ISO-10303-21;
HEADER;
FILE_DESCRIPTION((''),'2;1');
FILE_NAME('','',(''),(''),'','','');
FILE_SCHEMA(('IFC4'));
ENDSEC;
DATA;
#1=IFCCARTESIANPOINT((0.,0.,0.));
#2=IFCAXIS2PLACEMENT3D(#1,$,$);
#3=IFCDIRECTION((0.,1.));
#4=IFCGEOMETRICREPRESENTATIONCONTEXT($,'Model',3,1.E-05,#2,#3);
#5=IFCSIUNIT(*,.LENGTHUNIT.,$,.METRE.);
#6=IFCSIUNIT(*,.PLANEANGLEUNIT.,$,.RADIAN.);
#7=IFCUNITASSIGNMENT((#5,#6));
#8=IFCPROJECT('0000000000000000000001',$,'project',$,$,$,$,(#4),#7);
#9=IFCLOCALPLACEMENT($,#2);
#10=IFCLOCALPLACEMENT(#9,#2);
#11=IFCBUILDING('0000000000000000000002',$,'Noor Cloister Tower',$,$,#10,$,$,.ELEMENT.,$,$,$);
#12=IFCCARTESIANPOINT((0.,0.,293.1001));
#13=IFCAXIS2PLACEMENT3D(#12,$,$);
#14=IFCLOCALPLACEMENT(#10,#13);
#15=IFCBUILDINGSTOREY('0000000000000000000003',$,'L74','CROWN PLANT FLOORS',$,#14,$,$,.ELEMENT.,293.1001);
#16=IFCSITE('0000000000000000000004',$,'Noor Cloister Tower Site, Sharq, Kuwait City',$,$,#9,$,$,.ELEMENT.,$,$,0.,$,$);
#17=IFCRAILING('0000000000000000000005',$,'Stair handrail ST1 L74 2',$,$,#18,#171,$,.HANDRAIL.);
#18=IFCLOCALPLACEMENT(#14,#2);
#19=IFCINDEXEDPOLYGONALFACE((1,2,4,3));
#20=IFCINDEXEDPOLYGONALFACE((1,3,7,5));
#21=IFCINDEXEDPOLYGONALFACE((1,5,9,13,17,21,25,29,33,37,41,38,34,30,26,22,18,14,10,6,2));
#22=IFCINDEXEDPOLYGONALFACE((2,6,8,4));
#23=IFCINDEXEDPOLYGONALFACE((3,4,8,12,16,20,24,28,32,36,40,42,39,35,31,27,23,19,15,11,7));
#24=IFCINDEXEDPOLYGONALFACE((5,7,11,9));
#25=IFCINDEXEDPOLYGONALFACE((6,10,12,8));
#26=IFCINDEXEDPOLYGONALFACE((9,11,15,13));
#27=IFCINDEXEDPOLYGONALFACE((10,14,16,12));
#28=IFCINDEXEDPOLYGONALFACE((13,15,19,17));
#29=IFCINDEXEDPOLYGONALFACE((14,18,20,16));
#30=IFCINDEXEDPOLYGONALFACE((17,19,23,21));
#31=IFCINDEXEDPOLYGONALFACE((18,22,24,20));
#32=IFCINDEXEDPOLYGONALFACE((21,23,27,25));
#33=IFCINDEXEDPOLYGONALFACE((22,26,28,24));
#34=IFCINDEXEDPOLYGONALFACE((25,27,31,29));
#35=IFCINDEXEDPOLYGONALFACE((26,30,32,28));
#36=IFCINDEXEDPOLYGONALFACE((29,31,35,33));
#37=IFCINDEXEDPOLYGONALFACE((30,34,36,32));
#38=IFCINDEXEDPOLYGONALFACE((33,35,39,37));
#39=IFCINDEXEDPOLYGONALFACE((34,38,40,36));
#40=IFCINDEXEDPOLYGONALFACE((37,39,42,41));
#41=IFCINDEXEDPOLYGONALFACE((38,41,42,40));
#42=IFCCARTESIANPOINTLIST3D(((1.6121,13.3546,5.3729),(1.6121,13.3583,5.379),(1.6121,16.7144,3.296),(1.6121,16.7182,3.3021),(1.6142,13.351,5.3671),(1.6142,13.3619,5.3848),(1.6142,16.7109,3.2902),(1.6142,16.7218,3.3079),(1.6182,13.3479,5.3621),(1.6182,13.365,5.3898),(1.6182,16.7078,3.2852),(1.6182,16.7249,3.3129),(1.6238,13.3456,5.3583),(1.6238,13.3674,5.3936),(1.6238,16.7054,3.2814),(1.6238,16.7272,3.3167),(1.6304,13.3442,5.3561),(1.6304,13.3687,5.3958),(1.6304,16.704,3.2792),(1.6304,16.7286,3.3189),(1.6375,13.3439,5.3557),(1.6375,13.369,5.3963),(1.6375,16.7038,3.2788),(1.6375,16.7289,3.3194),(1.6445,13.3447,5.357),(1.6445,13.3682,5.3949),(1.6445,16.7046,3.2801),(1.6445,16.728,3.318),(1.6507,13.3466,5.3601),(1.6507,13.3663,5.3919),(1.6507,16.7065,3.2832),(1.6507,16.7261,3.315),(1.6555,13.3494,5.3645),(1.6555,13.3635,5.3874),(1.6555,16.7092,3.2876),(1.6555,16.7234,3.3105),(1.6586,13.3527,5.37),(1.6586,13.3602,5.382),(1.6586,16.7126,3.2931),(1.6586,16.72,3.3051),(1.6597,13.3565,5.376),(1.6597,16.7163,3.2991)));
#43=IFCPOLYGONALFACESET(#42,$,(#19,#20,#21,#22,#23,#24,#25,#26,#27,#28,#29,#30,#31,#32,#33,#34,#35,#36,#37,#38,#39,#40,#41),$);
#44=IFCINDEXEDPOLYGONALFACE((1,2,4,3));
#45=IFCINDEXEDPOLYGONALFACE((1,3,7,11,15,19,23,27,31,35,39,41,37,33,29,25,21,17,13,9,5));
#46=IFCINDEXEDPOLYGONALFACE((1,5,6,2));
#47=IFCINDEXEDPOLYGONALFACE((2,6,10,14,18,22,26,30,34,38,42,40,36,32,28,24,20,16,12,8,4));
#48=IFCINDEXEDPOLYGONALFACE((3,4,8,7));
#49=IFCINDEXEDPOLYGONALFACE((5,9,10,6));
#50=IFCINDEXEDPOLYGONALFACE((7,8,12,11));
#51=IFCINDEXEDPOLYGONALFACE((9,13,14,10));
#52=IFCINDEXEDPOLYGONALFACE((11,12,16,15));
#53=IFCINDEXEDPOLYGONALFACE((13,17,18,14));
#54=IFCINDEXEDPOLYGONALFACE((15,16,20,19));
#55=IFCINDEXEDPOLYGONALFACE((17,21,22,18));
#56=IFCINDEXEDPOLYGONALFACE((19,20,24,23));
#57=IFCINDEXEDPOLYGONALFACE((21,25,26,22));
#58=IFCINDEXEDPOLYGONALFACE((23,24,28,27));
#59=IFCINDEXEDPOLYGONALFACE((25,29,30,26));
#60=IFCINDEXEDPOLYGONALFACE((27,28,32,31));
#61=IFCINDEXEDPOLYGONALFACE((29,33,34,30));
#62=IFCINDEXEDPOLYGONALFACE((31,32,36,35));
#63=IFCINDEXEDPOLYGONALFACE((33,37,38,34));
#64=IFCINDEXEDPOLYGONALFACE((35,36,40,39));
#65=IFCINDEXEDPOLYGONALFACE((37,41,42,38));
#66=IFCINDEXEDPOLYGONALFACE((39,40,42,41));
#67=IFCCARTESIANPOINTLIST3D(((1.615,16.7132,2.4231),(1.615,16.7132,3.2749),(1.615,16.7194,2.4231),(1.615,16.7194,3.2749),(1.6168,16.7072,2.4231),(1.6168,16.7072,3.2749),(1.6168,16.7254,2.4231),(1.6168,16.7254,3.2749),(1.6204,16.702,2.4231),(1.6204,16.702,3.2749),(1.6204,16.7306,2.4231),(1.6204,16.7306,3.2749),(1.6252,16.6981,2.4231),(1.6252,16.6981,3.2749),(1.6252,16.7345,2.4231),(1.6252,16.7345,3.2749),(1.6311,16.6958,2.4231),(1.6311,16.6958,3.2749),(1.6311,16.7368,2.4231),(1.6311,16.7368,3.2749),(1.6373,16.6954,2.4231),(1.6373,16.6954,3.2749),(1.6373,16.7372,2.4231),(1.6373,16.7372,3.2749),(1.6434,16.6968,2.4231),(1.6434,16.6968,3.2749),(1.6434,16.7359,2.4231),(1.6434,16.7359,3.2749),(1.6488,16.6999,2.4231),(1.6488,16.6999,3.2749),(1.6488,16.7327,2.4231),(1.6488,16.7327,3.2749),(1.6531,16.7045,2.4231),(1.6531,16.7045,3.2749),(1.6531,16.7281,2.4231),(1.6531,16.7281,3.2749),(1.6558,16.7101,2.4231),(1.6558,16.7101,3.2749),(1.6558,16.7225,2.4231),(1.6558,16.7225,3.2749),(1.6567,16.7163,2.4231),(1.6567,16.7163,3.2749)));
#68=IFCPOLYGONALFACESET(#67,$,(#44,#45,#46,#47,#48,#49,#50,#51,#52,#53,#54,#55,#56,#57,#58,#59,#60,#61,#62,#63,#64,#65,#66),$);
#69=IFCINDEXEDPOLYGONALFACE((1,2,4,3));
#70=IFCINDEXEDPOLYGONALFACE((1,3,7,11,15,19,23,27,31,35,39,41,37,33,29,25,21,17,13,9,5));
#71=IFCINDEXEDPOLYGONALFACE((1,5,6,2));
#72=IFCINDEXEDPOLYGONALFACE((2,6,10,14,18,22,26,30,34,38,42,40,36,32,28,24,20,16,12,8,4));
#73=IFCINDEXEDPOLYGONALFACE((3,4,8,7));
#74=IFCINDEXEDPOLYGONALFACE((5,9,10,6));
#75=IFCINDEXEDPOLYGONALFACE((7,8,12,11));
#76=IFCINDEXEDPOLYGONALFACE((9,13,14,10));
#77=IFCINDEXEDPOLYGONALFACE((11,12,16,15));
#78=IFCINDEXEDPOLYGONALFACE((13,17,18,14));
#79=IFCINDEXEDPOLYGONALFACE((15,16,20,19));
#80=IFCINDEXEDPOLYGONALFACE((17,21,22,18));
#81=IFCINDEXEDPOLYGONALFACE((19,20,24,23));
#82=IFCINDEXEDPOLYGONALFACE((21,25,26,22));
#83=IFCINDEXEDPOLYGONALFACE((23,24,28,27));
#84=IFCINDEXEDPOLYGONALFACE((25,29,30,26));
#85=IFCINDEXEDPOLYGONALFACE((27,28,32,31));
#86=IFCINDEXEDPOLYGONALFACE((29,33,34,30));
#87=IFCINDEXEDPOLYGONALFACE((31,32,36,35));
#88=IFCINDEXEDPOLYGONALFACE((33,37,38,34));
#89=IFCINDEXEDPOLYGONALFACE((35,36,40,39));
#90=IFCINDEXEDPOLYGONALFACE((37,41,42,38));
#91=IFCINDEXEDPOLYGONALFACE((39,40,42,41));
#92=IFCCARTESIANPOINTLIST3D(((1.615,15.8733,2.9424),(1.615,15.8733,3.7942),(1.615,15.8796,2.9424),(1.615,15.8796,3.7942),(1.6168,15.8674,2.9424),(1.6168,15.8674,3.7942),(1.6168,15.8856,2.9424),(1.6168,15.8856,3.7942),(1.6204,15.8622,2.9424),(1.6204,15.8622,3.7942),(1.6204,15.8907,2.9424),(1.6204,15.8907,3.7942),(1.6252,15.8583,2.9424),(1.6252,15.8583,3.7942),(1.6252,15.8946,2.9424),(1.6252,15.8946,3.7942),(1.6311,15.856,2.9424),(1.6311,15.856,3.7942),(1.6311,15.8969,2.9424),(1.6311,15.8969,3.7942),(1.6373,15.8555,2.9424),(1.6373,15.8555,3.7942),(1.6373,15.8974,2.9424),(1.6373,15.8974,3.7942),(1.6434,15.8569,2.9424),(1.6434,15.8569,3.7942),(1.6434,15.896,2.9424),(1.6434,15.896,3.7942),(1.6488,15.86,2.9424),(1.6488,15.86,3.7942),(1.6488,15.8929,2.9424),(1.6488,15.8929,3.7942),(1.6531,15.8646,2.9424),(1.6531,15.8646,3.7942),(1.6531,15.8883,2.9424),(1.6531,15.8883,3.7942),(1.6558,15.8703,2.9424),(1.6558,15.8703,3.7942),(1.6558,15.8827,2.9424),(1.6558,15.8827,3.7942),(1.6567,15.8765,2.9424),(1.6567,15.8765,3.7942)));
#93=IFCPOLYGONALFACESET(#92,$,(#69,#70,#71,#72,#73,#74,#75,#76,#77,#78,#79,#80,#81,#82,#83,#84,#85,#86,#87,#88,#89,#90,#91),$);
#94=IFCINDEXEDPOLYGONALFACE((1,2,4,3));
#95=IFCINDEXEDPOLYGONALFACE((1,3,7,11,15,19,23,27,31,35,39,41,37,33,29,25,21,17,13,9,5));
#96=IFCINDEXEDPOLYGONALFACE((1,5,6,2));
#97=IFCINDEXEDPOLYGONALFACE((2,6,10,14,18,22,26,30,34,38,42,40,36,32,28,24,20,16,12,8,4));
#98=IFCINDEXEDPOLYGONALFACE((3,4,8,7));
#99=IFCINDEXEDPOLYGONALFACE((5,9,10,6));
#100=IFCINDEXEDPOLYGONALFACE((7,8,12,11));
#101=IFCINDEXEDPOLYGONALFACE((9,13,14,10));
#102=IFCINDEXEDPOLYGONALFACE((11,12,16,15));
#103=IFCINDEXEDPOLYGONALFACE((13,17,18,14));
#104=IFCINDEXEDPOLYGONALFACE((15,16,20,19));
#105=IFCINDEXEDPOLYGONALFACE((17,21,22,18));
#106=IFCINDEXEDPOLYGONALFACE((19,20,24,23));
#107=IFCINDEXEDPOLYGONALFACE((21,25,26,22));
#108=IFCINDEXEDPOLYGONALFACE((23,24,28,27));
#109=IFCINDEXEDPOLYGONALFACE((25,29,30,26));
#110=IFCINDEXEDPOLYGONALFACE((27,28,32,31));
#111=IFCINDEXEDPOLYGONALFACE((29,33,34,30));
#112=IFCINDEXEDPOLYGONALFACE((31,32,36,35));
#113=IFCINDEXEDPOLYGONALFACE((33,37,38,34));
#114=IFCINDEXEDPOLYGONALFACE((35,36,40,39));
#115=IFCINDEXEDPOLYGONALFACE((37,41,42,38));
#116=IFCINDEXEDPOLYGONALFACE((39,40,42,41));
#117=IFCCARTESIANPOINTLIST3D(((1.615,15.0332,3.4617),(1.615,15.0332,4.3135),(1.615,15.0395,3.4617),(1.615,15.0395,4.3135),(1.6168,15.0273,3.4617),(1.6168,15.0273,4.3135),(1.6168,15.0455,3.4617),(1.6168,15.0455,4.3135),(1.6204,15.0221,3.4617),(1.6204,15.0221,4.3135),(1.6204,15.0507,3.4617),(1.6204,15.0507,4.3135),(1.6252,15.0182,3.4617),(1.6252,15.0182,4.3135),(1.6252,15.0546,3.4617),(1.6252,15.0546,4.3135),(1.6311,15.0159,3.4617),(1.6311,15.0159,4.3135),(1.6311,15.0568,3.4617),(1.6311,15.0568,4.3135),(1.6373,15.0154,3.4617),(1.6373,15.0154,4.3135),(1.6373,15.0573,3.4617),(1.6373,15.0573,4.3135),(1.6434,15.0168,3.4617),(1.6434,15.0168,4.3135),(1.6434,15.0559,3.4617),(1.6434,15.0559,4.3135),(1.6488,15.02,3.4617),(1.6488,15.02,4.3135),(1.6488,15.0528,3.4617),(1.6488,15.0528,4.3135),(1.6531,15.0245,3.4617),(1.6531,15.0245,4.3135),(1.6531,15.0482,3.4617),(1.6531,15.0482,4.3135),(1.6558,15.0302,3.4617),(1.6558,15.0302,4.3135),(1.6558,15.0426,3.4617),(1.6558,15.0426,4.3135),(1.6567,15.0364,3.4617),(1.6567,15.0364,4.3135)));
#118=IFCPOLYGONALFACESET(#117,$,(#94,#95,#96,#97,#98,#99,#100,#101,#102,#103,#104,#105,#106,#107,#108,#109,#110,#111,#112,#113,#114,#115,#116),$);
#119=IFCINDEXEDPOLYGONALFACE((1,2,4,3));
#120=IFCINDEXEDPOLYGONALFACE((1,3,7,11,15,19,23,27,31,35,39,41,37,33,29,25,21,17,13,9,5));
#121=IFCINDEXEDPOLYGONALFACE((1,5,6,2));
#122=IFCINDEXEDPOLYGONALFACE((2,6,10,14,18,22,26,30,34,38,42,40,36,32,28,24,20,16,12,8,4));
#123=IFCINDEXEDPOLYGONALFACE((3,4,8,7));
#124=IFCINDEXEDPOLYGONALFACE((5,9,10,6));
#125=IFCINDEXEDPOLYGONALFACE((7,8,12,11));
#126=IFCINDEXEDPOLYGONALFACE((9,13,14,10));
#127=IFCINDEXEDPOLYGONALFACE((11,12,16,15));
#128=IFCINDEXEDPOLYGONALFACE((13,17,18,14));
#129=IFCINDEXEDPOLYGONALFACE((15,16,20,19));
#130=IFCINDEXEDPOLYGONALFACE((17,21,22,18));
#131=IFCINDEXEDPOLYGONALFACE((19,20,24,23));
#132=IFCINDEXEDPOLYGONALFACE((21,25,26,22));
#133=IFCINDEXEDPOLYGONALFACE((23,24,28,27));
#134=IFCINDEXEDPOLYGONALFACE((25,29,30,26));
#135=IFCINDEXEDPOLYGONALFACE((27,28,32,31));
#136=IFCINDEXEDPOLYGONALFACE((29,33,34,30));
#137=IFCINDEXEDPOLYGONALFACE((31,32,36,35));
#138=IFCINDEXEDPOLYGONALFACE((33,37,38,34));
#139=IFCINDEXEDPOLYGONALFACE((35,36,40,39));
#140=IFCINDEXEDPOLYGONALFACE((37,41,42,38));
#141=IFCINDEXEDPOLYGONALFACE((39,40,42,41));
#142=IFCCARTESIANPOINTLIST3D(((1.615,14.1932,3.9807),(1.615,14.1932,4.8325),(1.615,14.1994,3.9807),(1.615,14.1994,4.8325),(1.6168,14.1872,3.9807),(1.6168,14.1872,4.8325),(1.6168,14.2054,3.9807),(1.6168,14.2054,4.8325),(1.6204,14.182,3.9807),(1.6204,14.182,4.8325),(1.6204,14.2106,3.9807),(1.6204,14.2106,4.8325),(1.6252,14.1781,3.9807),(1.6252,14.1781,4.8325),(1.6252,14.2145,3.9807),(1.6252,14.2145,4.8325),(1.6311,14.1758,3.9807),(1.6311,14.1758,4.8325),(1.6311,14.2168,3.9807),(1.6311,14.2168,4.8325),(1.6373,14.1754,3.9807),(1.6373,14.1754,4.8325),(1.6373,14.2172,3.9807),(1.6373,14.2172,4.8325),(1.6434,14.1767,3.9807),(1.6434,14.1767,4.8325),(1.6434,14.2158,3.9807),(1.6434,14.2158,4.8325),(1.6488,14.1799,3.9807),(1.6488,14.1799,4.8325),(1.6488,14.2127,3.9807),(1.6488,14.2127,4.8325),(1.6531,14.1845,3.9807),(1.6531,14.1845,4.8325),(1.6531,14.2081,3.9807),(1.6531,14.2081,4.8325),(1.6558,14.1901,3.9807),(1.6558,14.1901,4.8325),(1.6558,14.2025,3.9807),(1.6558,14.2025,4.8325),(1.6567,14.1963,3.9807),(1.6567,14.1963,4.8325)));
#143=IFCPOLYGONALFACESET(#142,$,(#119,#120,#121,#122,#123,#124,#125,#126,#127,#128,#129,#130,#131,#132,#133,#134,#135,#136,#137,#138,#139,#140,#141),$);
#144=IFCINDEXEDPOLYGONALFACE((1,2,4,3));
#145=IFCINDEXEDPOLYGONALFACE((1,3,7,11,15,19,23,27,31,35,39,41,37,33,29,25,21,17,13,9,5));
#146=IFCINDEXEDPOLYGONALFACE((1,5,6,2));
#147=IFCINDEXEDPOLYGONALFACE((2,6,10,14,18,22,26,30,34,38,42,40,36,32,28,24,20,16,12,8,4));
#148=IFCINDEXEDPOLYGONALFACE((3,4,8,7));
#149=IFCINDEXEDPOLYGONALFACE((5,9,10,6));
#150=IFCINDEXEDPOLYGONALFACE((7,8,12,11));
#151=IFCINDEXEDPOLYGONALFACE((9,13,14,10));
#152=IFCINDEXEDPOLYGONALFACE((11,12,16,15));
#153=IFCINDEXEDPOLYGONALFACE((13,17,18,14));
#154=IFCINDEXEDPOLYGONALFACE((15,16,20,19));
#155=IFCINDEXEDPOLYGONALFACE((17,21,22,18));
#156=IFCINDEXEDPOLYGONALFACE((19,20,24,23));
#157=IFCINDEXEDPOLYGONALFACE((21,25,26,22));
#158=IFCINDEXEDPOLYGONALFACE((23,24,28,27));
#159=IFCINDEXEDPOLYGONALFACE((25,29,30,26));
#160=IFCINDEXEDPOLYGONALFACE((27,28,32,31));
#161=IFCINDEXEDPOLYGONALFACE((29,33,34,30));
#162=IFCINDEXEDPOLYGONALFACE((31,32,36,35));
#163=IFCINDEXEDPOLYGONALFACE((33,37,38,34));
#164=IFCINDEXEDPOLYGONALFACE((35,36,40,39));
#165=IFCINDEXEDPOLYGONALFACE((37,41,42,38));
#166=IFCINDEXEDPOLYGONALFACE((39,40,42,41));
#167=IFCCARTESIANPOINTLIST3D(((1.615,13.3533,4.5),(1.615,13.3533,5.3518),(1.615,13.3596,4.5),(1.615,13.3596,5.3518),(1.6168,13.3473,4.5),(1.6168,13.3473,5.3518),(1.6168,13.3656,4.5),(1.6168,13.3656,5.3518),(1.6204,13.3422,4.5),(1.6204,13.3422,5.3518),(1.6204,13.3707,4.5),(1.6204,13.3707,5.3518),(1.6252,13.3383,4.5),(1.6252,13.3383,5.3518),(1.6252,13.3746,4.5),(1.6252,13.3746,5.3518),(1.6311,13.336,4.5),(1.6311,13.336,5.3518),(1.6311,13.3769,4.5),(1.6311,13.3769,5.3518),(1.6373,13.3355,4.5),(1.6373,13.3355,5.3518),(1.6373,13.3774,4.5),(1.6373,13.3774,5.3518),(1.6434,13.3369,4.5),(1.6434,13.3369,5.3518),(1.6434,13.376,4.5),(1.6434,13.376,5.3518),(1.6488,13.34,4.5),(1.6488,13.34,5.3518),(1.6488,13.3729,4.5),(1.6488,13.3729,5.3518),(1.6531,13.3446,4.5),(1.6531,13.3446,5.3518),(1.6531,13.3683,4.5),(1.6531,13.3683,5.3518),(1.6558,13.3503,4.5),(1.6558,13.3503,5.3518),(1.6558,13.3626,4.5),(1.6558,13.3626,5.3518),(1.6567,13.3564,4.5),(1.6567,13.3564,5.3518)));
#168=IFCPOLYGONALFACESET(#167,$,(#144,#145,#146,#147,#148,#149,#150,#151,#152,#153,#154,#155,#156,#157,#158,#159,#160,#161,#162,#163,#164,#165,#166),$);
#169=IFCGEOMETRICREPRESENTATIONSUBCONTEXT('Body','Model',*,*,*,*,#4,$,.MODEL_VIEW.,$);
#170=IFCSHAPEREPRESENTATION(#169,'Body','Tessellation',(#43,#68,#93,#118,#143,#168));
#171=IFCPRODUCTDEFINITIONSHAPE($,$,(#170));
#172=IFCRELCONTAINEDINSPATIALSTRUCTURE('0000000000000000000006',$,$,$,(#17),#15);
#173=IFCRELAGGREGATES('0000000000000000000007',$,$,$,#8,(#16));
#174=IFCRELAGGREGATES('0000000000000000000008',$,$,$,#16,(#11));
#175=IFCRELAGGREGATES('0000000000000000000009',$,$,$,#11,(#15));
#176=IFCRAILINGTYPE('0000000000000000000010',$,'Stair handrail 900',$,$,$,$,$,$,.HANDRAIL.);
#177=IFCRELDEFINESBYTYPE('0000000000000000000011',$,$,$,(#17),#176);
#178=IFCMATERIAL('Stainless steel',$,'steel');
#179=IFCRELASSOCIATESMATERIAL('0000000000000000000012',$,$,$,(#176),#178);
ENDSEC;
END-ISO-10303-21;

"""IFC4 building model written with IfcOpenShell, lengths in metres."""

from ifc_helpers import new_model, si_unit, direction, frame, origin, origin_2d, place, context, subcontext, project, spatial, circle, extrude, material, type_object, element, save


model = new_model("IFC4")

# Units and contexts
model_context = context("Model", 3, precision=1e-05, world=origin(), true_north=direction((0.0, 1.0)))
body_context = subcontext(model_context, "Body", "Model", "MODEL_VIEW")
ifc_project = project(units=[si_unit("LENGTHUNIT", "METRE"), si_unit("PLANEANGLEUNIT", "RADIAN")], contexts=[model_context])

# Site, building, storey
site_placement = place(None, origin())
site = spatial("IfcSite", under=ifc_project, at=site_placement, Name="Noor Cloister Tower Site, Sharq, Kuwait City", CompositionType="ELEMENT", RefElevation=0.0)
building_placement = place(site_placement, origin())
building = spatial("IfcBuilding", under=site, at=building_placement, Name="Noor Cloister Tower", CompositionType="ELEMENT")
storey_placement = place(building_placement, frame((0.0, 0.0, 293.1001)))
storey = spatial("IfcBuildingStorey", under=building, at=storey_placement, Name="L74", Description="CROWN PLANT FLOORS", CompositionType="ELEMENT", Elevation=293.1001)

# Railing
ifc_material_1 = material(Name="Stainless steel", Category="steel")
railing_type_1 = type_object("IfcRailingType", Name="Stair handrail 900", PredefinedType="HANDRAIL", material=ifc_material_1)
railing_1_placement = place(storey_placement, frame((1.6357, 16.7163, 2.4231)))
element("IfcRailing", 1, at=railing_1_placement, inside=storey, type_object=railing_type_1, Name="Stair handrail ST1 L74 2", PredefinedType="HANDRAIL", context=body_context, shape_type="SweptSolid", body=[
    extrude(circle(Radius=0.0239, at=origin_2d()), frame((0.0, 0.0, 0.876), z_axis=(0.0, -0.850606, 0.525803), x_axis=(1.0, 0.0, 0.0)), (0.0, 0.0, 1.0), 3.95),
    extrude(circle(Radius=0.021, at=origin_2d()), origin(), (0.0, 0.0, 1.0), 0.8518),
    extrude(circle(Radius=0.021, at=origin_2d()), frame((0.0, -0.8398, 0.5193)), (0.0, 0.0, 1.0), 0.8518),
    extrude(circle(Radius=0.021, at=origin_2d()), frame((0.0, -1.6799, 1.0386)), (0.0, 0.0, 1.0), 0.8518),
    extrude(circle(Radius=0.021, at=origin_2d()), frame((0.0, -2.52, 1.5576)), (0.0, 0.0, 1.0), 0.8518),
    extrude(circle(Radius=0.021, at=origin_2d()), frame((0.0, -3.3599, 2.0769)), (0.0, 0.0, 1.0), 0.8518),
])

save(model, "model.ifc")
